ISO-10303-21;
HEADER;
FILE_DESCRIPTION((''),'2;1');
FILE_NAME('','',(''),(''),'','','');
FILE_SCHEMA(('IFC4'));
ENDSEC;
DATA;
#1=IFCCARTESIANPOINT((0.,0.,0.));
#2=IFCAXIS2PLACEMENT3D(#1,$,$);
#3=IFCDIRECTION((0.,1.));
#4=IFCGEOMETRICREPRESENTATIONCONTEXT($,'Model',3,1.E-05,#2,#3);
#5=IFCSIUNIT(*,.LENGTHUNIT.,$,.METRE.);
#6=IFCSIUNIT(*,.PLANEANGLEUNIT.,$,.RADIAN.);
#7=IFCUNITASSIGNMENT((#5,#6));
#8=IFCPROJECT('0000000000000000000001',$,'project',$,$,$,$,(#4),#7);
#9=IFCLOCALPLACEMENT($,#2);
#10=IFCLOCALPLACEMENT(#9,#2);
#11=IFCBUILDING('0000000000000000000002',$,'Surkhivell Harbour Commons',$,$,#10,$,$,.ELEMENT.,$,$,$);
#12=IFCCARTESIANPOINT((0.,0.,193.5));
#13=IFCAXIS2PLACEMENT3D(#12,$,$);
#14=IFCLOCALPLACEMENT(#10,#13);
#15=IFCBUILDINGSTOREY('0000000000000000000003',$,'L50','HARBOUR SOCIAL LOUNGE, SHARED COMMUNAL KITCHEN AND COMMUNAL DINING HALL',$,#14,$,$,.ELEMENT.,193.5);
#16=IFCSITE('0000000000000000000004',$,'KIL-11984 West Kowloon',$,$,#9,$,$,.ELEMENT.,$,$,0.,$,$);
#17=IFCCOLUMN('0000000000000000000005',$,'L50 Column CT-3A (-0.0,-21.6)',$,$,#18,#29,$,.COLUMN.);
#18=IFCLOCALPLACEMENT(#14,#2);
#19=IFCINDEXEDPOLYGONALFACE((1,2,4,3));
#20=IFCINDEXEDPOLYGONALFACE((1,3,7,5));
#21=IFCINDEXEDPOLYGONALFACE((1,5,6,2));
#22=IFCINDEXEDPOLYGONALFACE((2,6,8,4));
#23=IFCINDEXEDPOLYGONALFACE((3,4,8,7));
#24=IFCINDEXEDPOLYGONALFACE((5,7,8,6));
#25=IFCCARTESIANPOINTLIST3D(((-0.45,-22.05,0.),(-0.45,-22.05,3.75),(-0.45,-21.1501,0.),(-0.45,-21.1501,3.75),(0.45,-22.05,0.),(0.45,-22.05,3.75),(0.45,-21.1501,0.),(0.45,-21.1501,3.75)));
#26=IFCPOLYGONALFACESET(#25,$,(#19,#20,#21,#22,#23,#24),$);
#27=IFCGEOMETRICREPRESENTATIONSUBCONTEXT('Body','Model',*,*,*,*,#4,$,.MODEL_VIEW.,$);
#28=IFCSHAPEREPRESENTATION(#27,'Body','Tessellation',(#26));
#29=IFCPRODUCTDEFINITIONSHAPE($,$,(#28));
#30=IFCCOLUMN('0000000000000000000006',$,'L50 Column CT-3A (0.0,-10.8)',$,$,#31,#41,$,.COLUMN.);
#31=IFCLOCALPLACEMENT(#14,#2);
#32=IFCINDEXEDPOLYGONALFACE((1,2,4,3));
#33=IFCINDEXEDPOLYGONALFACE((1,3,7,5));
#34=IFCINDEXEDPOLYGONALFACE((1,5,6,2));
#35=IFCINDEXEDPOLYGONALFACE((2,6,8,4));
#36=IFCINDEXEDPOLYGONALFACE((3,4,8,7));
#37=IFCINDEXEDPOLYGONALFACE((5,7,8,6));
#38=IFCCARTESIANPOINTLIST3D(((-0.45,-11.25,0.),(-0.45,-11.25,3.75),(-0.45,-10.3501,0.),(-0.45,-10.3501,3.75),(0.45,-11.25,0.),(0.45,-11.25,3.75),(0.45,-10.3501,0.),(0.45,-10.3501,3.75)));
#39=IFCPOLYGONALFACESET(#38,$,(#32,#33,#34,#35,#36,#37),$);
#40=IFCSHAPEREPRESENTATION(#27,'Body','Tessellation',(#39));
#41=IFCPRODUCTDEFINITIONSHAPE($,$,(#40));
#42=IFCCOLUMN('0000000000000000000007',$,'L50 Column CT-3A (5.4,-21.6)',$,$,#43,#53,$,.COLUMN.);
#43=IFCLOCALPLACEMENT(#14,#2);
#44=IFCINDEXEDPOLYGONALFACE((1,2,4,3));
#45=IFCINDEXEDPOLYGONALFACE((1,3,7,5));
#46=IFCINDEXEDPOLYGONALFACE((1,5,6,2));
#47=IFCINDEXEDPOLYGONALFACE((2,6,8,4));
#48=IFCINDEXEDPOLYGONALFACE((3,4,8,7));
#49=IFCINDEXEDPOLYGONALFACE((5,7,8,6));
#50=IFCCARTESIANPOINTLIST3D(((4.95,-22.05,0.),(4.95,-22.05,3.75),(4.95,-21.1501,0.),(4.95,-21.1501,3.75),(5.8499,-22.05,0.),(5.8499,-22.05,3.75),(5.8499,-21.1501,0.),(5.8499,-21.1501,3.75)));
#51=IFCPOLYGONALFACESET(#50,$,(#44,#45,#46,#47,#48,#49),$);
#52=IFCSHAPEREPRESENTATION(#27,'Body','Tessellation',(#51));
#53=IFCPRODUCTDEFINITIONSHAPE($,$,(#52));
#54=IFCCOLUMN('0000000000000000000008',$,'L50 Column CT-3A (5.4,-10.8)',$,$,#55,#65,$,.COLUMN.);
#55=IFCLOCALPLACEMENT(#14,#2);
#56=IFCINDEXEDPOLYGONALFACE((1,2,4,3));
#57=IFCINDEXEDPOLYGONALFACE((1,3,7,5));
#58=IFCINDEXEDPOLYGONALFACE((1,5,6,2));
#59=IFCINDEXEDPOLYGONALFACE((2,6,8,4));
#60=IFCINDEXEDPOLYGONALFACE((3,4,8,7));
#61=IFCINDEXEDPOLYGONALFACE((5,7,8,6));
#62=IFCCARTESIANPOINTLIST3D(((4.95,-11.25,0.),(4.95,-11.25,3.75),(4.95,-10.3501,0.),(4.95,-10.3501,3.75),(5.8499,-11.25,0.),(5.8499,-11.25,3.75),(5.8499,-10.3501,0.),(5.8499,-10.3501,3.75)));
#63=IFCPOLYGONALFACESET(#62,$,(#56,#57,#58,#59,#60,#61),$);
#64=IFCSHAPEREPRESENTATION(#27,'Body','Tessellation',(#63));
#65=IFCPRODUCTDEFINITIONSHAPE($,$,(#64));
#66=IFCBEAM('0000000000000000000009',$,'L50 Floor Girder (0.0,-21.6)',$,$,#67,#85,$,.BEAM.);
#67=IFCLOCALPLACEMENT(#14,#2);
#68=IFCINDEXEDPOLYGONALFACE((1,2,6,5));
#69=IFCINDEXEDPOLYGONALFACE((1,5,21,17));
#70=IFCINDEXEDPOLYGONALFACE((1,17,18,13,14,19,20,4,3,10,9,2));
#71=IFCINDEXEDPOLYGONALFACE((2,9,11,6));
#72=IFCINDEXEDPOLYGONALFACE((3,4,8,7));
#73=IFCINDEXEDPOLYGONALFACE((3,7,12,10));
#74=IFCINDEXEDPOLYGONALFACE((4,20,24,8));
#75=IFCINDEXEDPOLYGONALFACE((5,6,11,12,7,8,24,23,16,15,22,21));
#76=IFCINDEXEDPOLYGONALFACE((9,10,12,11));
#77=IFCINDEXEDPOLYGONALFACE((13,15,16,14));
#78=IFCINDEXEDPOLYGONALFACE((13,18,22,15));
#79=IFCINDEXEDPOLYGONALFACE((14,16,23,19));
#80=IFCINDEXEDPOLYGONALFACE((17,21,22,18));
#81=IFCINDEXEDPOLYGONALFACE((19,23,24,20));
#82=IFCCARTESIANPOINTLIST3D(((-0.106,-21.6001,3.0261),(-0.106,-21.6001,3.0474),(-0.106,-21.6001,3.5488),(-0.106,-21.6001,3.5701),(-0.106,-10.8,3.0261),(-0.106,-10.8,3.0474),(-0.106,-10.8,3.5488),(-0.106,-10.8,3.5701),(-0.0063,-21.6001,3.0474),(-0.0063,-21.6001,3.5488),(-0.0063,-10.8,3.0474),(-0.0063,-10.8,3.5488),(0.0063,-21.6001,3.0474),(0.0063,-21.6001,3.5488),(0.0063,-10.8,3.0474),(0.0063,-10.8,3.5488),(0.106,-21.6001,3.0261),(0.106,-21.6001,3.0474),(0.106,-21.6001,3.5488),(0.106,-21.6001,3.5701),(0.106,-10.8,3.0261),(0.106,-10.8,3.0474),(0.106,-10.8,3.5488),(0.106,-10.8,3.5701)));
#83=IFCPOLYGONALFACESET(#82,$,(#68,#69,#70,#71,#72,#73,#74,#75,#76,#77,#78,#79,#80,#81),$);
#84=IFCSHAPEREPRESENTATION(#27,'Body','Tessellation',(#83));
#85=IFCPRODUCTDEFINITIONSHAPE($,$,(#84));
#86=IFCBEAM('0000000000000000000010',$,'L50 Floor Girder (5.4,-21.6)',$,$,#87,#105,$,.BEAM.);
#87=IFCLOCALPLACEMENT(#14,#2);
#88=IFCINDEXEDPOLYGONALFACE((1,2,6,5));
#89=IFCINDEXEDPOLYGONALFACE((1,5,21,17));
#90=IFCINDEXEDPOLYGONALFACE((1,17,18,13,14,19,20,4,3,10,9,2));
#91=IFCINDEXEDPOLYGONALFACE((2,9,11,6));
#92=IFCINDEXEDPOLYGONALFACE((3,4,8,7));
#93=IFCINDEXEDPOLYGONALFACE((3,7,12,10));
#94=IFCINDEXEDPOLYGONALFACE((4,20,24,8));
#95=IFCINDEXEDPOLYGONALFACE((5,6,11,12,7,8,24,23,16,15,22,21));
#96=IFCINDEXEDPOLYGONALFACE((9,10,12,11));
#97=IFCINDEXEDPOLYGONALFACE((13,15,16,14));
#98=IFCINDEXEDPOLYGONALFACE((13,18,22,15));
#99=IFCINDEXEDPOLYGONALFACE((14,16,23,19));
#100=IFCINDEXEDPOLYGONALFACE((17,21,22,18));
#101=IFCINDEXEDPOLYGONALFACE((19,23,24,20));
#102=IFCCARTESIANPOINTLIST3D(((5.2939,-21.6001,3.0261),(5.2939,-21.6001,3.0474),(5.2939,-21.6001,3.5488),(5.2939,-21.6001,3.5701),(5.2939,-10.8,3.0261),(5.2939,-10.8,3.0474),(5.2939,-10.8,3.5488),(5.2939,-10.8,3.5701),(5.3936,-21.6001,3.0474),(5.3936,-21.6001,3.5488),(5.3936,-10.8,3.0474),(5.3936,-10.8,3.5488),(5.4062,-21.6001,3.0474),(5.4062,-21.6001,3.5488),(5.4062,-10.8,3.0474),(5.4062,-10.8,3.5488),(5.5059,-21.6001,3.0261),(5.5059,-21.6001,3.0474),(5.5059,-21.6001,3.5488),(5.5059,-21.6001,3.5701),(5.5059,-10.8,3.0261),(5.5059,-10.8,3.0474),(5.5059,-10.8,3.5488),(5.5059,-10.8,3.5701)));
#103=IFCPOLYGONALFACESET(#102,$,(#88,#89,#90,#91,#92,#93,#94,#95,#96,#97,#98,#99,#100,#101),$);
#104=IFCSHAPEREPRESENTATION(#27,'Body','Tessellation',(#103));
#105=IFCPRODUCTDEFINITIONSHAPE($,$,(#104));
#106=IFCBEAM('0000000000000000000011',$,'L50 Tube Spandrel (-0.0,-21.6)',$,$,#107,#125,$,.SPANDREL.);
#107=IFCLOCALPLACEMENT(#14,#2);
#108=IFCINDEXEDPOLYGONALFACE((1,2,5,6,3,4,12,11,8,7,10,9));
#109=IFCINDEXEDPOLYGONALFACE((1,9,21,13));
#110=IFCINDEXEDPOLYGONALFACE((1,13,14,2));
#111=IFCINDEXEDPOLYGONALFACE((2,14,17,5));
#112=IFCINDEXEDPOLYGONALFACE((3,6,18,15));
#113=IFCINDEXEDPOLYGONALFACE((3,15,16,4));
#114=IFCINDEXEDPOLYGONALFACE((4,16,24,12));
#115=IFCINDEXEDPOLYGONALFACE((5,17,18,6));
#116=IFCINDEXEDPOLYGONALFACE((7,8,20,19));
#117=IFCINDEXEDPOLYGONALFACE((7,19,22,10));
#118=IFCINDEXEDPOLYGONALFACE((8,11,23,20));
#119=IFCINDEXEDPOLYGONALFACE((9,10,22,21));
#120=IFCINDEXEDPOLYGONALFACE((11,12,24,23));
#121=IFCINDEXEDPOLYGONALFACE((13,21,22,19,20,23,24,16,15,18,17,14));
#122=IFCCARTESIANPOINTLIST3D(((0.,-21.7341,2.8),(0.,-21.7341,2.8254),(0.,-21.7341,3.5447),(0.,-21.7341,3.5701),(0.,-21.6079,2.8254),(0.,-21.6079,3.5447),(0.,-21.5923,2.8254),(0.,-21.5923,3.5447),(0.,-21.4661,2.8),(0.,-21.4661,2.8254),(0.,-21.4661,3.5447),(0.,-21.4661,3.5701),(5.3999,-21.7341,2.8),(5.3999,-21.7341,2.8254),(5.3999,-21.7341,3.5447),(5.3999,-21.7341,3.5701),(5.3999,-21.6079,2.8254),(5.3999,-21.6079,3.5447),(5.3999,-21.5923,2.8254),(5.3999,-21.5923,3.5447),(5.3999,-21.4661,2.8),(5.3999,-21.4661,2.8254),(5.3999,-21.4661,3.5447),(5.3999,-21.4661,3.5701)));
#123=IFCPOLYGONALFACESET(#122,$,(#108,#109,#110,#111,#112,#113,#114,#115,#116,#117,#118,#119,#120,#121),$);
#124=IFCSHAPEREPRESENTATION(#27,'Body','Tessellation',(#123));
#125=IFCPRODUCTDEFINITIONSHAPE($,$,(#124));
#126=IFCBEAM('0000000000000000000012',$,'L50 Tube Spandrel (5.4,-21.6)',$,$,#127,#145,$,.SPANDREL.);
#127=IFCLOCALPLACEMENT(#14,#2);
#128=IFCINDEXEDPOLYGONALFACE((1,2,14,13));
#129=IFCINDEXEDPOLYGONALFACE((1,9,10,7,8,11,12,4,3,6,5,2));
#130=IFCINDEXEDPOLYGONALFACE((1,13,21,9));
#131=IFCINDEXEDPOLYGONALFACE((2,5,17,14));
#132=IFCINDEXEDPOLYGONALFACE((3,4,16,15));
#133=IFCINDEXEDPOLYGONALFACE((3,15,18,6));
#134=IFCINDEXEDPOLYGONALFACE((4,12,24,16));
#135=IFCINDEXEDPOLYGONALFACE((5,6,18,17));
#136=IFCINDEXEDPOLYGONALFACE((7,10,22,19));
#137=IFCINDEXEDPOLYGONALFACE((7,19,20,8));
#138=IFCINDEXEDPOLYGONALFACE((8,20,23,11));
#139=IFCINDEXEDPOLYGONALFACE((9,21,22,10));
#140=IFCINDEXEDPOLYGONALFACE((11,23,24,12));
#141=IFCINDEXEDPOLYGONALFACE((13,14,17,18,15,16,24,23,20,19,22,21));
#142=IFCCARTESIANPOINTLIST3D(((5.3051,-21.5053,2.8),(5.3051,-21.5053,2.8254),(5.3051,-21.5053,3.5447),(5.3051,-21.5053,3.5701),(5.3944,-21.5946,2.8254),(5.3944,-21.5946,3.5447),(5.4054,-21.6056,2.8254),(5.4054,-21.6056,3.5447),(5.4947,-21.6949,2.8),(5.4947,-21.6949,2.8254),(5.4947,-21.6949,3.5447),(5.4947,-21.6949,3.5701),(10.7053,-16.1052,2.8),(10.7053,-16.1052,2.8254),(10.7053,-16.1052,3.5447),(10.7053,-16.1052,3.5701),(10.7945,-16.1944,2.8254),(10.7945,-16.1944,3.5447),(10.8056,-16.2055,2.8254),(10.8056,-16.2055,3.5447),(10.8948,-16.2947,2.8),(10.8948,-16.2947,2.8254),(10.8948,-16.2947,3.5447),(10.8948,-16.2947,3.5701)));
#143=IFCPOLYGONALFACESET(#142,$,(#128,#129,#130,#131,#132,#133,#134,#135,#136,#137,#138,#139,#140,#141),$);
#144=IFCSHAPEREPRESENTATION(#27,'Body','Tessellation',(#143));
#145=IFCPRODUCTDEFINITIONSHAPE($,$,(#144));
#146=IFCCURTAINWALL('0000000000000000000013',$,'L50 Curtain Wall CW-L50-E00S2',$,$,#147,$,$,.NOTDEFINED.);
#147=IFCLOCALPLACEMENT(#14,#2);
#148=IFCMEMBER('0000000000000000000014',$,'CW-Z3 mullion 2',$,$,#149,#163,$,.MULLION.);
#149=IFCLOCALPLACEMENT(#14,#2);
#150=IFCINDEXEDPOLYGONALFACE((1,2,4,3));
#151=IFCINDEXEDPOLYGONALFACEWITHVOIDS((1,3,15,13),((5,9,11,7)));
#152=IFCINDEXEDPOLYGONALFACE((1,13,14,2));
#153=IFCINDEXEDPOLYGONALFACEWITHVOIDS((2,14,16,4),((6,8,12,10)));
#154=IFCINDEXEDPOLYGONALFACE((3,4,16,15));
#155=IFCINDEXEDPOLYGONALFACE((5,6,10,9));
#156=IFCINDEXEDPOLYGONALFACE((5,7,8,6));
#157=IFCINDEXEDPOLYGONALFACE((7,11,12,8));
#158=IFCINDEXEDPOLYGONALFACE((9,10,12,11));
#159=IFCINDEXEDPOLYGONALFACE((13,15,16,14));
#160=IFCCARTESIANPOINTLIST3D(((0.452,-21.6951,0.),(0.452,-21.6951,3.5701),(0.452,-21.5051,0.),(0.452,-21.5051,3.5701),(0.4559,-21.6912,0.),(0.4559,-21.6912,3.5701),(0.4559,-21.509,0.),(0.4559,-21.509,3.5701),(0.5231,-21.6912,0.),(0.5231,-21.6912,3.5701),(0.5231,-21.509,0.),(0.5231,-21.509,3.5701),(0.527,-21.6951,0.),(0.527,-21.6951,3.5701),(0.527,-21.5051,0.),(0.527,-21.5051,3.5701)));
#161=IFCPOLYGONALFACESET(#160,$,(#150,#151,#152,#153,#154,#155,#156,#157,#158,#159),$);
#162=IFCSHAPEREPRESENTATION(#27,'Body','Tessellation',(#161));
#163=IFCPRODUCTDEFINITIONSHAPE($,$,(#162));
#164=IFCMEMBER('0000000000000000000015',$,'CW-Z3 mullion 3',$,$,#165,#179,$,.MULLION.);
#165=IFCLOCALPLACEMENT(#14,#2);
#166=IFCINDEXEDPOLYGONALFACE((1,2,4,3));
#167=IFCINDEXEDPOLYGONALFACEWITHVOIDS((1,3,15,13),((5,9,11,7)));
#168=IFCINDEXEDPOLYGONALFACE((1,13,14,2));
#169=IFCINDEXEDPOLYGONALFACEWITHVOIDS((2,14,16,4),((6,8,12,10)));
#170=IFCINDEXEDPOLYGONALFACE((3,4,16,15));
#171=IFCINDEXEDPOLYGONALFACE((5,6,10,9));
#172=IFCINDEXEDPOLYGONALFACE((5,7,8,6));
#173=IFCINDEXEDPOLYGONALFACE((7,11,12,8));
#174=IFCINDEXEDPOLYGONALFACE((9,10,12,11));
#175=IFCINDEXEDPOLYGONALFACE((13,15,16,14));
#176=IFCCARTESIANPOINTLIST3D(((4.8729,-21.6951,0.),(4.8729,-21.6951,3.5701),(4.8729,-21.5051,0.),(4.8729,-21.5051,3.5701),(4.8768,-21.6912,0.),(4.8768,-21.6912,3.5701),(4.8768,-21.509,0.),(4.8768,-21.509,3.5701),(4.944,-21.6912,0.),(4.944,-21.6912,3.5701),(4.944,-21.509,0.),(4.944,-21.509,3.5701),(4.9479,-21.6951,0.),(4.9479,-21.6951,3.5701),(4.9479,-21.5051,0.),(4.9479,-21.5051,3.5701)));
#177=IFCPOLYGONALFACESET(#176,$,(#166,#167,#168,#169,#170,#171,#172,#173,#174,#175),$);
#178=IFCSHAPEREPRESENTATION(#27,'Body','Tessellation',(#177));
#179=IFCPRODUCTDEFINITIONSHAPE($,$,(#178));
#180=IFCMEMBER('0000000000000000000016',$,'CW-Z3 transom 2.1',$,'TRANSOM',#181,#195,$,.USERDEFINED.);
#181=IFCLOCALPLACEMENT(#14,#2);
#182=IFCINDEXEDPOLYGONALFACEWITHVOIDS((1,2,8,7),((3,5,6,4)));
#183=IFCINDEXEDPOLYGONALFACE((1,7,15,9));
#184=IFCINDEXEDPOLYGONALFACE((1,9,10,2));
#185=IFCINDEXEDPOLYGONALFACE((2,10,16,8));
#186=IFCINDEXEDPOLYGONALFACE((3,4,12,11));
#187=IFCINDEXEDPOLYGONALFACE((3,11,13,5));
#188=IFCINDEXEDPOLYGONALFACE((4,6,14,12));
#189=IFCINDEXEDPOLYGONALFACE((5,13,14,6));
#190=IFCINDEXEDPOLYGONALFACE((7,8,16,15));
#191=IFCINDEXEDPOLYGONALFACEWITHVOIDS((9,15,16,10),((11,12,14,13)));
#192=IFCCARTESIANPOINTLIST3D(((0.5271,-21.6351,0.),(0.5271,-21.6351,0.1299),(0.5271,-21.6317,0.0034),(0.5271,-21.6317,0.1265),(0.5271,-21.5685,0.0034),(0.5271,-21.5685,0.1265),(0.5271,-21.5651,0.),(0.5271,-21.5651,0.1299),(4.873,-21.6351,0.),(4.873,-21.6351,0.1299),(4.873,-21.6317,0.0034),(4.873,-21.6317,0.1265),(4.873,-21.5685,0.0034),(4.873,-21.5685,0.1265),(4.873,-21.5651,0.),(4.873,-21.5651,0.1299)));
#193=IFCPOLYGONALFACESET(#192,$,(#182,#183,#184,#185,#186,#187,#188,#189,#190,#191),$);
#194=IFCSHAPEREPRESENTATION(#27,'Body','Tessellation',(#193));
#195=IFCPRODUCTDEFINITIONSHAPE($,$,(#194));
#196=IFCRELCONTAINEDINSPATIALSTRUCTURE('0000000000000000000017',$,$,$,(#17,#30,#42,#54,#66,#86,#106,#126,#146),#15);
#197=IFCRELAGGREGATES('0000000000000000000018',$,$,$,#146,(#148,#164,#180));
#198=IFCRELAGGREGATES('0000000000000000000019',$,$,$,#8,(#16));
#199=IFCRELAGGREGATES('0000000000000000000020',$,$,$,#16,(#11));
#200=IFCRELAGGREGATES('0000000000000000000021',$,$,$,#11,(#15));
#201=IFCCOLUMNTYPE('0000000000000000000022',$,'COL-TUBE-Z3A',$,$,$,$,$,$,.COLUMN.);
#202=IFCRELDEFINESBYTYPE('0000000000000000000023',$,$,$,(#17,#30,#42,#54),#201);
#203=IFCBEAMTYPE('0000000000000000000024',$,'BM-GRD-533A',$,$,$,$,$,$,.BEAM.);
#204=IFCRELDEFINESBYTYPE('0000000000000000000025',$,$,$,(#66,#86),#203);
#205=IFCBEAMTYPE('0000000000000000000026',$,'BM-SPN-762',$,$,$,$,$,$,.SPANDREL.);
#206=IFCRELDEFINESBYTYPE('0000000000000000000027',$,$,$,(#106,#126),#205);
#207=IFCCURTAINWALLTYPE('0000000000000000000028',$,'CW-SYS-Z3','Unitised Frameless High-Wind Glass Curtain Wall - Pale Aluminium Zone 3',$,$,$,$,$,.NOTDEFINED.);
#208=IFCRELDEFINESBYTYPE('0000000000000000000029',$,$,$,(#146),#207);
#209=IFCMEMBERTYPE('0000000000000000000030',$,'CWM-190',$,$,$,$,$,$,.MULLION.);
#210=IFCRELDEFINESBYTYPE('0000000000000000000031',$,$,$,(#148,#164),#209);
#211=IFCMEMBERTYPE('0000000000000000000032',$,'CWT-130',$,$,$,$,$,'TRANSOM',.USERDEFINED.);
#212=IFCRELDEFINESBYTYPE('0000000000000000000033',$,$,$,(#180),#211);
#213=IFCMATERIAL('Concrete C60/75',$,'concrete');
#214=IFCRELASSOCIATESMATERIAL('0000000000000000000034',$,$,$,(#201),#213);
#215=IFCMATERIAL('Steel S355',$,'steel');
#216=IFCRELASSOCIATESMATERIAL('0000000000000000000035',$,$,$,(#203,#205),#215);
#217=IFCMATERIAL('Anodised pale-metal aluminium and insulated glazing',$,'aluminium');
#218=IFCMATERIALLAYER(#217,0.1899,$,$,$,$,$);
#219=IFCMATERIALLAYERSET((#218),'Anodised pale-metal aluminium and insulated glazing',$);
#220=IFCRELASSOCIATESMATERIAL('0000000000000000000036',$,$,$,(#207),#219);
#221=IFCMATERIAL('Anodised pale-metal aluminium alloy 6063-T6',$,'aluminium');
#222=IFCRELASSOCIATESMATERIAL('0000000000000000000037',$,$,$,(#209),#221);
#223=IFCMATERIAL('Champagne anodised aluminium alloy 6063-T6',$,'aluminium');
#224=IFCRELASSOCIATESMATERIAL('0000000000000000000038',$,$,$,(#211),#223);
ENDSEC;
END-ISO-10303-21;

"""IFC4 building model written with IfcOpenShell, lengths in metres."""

from ifc_helpers import new_model, si_unit, direction, frame, origin, origin_2d, place, context, subcontext, project, spatial, rectangle, hollow_rectangle, i_section, extrude, material, layer, layer_set, material_profile, profile_set, type_object, element, aggregate, save


model = new_model("IFC4")

# Units and contexts
model_context = context("Model", 3, precision=1e-05, world=origin(), true_north=direction((0.0, 1.0)))
body_context = subcontext(model_context, "Body", "Model", "MODEL_VIEW")
ifc_project = project(units=[si_unit("LENGTHUNIT", "METRE"), si_unit("PLANEANGLEUNIT", "RADIAN")], contexts=[model_context])

# Site, building, storey
site_placement = place(None, origin())
site = spatial("IfcSite", under=ifc_project, at=site_placement, Name="KIL-11984 West Kowloon", CompositionType="ELEMENT", RefElevation=0.0)
building_placement = place(site_placement, origin())
building = spatial("IfcBuilding", under=site, at=building_placement, Name="Surkhivell Harbour Commons", CompositionType="ELEMENT")
storey_placement = place(building_placement, frame((0.0, 0.0, 193.5)))
storey = spatial("IfcBuildingStorey", under=building, at=storey_placement, Name="L50", Description="HARBOUR SOCIAL LOUNGE, SHARED COMMUNAL KITCHEN AND COMMUNAL DINING HALL", CompositionType="ELEMENT", Elevation=193.5)

# Columns
ifc_material_1 = material(Name="Concrete C60/75", Category="concrete")
ifc_material_profile_1 = material_profile(ifc_material_1, rectangle(XDim=0.8999, YDim=0.8999, at=origin_2d()), Name="RC-COL-900x900")
ifc_profile_set_1 = profile_set([ifc_material_profile_1], Name="Concrete C60/75")
column_type = type_object("IfcColumnType", Name="COL-TUBE-Z3A", PredefinedType="COLUMN", material=ifc_profile_set_1)
for number, where, z_axis, x_axis, name in (
    (1, (0.0, -21.6001, 0.0), (0.0, 0.0, 1.0), (1.0, 0.0, 0.0), "L50 Column CT-3A (-0.0,-21.6)"),
    (2, (0.0, -10.8, 0.0), (0.0, 0.0, 1.0), (1.0, 0.0, 0.0), "L50 Column CT-3A (0.0,-10.8)"),
    (3, (5.3999, -21.6001, 0.0), (0.0, 0.0, 1.0), (1.0, 0.0, 0.0), "L50 Column CT-3A (5.4,-21.6)"),
    (4, (5.3999, -10.8, 0.0), (0.0, 0.0, 1.0), (1.0, 0.0, 0.0), "L50 Column CT-3A (5.4,-10.8)"),
):
    element("IfcColumn", number, at=place(storey_placement, frame(where, z_axis=z_axis, x_axis=x_axis)), inside=storey, type_object=column_type, Name=name, PredefinedType="COLUMN", context=body_context, shape_type="SweptSolid", body=[
        extrude(rectangle(XDim=0.8999, YDim=0.8999, at=origin_2d()), origin(), (0.0, 0.0, 1.0), 3.75),
    ])

# Beams
ifc_material_2 = material(Name="Steel S355", Category="steel")
ifc_material_profile_2 = material_profile(ifc_material_2, i_section(OverallWidth=0.2119, OverallDepth=0.5439, WebThickness=0.0127, FlangeThickness=0.0212, at=origin_2d()), Name="UB533x210x122")
ifc_profile_set_2 = profile_set([ifc_material_profile_2], Name="Steel S355")
beam_type_1 = type_object("IfcBeamType", Name="BM-GRD-533A", PredefinedType="BEAM", material=ifc_profile_set_2)
for number, where, z_axis, x_axis, name in (
    (5, (0.0, -21.6001, 3.2981), (0.0, 1.0, 0.0), (-1.0, 0.0, 0.0), "L50 Floor Girder (0.0,-21.6)"),
    (6, (5.3999, -21.6001, 3.2981), (0.0, 1.0, 0.0), (-1.0, 0.0, 0.0), "L50 Floor Girder (5.4,-21.6)"),
):
    element("IfcBeam", number, at=place(storey_placement, frame(where, z_axis=z_axis, x_axis=x_axis)), inside=storey, type_object=beam_type_1, Name=name, PredefinedType="BEAM", context=body_context, shape_type="SweptSolid", body=[
        extrude(i_section(OverallWidth=0.2119, OverallDepth=0.5439, WebThickness=0.0127, FlangeThickness=0.0212, at=origin_2d()), origin(), (0.0, 0.0, 1.0), 10.8),
    ])
ifc_material_profile_3 = material_profile(ifc_material_2, i_section(OverallWidth=0.2681, OverallDepth=0.77, WebThickness=0.0156, FlangeThickness=0.0254, at=origin_2d()), Name="UB762x267x197")
ifc_profile_set_3 = profile_set([ifc_material_profile_3], Name="Steel S355")
beam_type_2 = type_object("IfcBeamType", Name="BM-SPN-762", PredefinedType="SPANDREL", material=ifc_profile_set_3)
beam_1_placement = place(storey_placement, frame((0.0, -21.6001, 3.1851), z_axis=(1.0, 0.0, 0.0), x_axis=(0.0, 1.0, 0.0)))
element("IfcBeam", 7, at=beam_1_placement, inside=storey, type_object=beam_type_2, Name="L50 Tube Spandrel (-0.0,-21.6)", PredefinedType="SPANDREL", context=body_context, shape_type="SweptSolid", body=[
    extrude(i_section(OverallWidth=0.2681, OverallDepth=0.77, WebThickness=0.0156, FlangeThickness=0.0254, at=origin_2d()), origin(), (0.0, 0.0, 1.0), 5.3999),
])
beam_2_placement = place(storey_placement, frame((5.3999, -21.6001, 3.1851), z_axis=(0.707107, 0.707107, 0.0), x_axis=(-0.707107, 0.707107, 0.0)))
element("IfcBeam", 8, at=beam_2_placement, inside=storey, type_object=beam_type_2, Name="L50 Tube Spandrel (5.4,-21.6)", PredefinedType="SPANDREL", context=body_context, shape_type="SweptSolid", body=[
    extrude(i_section(OverallWidth=0.2681, OverallDepth=0.77, WebThickness=0.0156, FlangeThickness=0.0254, at=origin_2d()), origin(), (0.0, 0.0, 1.0), 7.637),
])

# Curtain wall, members
ifc_material_3 = material(Name="Anodised pale-metal aluminium and insulated glazing", Category="aluminium")
ifc_layer_1 = layer(ifc_material_3, 0.1899)
ifc_layer_set_1 = layer_set([ifc_layer_1], Name="Anodised pale-metal aluminium and insulated glazing")
curtain_wall_type = type_object("IfcCurtainWallType", Name="CW-SYS-Z3", Description="Unitised Frameless High-Wind Glass Curtain Wall - Pale Aluminium Zone 3", PredefinedType="NOTDEFINED", material=ifc_layer_set_1)
curtain_wall_placement = place(storey_placement, origin())
curtain_wall = element("IfcCurtainWall", 9, at=curtain_wall_placement, inside=storey, type_object=curtain_wall_type, Name="L50 Curtain Wall CW-L50-E00S2", PredefinedType="NOTDEFINED")
ifc_material_4 = material(Name="Anodised pale-metal aluminium alloy 6063-T6", Category="aluminium")
ifc_material_profile_4 = material_profile(ifc_material_4, hollow_rectangle(XDim=0.075, YDim=0.1899, WallThickness=0.0039, at=origin_2d()), Name="ALU-MULL-75x190")
ifc_profile_set_4 = profile_set([ifc_material_profile_4], Name="Anodised pale-metal aluminium alloy 6063-T6")
member_type_1 = type_object("IfcMemberType", Name="CWM-190", PredefinedType="MULLION", material=ifc_profile_set_4)
member_1_placement = place(storey_placement, frame((0.4895, -21.6001, 0.0), z_axis=(0.0, 0.0, 1.0), x_axis=(1.0, 0.0, 0.0)))
member_1 = element("IfcMember", 10, at=member_1_placement, type_object=member_type_1, Name="CW-Z3 mullion 2", PredefinedType="MULLION", context=body_context, shape_type="SweptSolid", body=[
    extrude(hollow_rectangle(XDim=0.075, YDim=0.1899, WallThickness=0.0039, at=origin_2d()), origin(), (0.0, 0.0, 1.0), 3.5701),
])
member_2_placement = place(storey_placement, frame((4.9104, -21.6001, 0.0), z_axis=(0.0, 0.0, 1.0), x_axis=(1.0, 0.0, 0.0)))
member_2 = element("IfcMember", 11, at=member_2_placement, type_object=member_type_1, Name="CW-Z3 mullion 3", PredefinedType="MULLION", context=body_context, shape_type="SweptSolid", body=[
    extrude(hollow_rectangle(XDim=0.075, YDim=0.1899, WallThickness=0.0039, at=origin_2d()), origin(), (0.0, 0.0, 1.0), 3.5701),
])
ifc_material_5 = material(Name="Champagne anodised aluminium alloy 6063-T6", Category="aluminium")
ifc_material_profile_5 = material_profile(ifc_material_5, hollow_rectangle(XDim=0.0701, YDim=0.1299, WallThickness=0.0034, at=origin_2d()), Name="ALU-TRAN-70x130")
ifc_profile_set_5 = profile_set([ifc_material_profile_5], Name="Champagne anodised aluminium alloy 6063-T6")
member_type_2 = type_object("IfcMemberType", Name="CWT-130", ElementType="TRANSOM", PredefinedType="USERDEFINED", material=ifc_profile_set_5)
member_3_placement = place(storey_placement, frame((0.5271, -21.6001, 0.0649), z_axis=(1.0, 0.0, 0.0), x_axis=(0.0, 1.0, 0.0)))
member_3 = element("IfcMember", 12, at=member_3_placement, type_object=member_type_2, Name="CW-Z3 transom 2.1", ObjectType="TRANSOM", PredefinedType="USERDEFINED", context=body_context, shape_type="SweptSolid", body=[
    extrude(hollow_rectangle(XDim=0.0701, YDim=0.1299, WallThickness=0.0034, at=origin_2d()), origin(), (0.0, 0.0, 1.0), 4.3459),
])
aggregate(curtain_wall, [member_1, member_2, member_3])

save(model, "model.ifc")
